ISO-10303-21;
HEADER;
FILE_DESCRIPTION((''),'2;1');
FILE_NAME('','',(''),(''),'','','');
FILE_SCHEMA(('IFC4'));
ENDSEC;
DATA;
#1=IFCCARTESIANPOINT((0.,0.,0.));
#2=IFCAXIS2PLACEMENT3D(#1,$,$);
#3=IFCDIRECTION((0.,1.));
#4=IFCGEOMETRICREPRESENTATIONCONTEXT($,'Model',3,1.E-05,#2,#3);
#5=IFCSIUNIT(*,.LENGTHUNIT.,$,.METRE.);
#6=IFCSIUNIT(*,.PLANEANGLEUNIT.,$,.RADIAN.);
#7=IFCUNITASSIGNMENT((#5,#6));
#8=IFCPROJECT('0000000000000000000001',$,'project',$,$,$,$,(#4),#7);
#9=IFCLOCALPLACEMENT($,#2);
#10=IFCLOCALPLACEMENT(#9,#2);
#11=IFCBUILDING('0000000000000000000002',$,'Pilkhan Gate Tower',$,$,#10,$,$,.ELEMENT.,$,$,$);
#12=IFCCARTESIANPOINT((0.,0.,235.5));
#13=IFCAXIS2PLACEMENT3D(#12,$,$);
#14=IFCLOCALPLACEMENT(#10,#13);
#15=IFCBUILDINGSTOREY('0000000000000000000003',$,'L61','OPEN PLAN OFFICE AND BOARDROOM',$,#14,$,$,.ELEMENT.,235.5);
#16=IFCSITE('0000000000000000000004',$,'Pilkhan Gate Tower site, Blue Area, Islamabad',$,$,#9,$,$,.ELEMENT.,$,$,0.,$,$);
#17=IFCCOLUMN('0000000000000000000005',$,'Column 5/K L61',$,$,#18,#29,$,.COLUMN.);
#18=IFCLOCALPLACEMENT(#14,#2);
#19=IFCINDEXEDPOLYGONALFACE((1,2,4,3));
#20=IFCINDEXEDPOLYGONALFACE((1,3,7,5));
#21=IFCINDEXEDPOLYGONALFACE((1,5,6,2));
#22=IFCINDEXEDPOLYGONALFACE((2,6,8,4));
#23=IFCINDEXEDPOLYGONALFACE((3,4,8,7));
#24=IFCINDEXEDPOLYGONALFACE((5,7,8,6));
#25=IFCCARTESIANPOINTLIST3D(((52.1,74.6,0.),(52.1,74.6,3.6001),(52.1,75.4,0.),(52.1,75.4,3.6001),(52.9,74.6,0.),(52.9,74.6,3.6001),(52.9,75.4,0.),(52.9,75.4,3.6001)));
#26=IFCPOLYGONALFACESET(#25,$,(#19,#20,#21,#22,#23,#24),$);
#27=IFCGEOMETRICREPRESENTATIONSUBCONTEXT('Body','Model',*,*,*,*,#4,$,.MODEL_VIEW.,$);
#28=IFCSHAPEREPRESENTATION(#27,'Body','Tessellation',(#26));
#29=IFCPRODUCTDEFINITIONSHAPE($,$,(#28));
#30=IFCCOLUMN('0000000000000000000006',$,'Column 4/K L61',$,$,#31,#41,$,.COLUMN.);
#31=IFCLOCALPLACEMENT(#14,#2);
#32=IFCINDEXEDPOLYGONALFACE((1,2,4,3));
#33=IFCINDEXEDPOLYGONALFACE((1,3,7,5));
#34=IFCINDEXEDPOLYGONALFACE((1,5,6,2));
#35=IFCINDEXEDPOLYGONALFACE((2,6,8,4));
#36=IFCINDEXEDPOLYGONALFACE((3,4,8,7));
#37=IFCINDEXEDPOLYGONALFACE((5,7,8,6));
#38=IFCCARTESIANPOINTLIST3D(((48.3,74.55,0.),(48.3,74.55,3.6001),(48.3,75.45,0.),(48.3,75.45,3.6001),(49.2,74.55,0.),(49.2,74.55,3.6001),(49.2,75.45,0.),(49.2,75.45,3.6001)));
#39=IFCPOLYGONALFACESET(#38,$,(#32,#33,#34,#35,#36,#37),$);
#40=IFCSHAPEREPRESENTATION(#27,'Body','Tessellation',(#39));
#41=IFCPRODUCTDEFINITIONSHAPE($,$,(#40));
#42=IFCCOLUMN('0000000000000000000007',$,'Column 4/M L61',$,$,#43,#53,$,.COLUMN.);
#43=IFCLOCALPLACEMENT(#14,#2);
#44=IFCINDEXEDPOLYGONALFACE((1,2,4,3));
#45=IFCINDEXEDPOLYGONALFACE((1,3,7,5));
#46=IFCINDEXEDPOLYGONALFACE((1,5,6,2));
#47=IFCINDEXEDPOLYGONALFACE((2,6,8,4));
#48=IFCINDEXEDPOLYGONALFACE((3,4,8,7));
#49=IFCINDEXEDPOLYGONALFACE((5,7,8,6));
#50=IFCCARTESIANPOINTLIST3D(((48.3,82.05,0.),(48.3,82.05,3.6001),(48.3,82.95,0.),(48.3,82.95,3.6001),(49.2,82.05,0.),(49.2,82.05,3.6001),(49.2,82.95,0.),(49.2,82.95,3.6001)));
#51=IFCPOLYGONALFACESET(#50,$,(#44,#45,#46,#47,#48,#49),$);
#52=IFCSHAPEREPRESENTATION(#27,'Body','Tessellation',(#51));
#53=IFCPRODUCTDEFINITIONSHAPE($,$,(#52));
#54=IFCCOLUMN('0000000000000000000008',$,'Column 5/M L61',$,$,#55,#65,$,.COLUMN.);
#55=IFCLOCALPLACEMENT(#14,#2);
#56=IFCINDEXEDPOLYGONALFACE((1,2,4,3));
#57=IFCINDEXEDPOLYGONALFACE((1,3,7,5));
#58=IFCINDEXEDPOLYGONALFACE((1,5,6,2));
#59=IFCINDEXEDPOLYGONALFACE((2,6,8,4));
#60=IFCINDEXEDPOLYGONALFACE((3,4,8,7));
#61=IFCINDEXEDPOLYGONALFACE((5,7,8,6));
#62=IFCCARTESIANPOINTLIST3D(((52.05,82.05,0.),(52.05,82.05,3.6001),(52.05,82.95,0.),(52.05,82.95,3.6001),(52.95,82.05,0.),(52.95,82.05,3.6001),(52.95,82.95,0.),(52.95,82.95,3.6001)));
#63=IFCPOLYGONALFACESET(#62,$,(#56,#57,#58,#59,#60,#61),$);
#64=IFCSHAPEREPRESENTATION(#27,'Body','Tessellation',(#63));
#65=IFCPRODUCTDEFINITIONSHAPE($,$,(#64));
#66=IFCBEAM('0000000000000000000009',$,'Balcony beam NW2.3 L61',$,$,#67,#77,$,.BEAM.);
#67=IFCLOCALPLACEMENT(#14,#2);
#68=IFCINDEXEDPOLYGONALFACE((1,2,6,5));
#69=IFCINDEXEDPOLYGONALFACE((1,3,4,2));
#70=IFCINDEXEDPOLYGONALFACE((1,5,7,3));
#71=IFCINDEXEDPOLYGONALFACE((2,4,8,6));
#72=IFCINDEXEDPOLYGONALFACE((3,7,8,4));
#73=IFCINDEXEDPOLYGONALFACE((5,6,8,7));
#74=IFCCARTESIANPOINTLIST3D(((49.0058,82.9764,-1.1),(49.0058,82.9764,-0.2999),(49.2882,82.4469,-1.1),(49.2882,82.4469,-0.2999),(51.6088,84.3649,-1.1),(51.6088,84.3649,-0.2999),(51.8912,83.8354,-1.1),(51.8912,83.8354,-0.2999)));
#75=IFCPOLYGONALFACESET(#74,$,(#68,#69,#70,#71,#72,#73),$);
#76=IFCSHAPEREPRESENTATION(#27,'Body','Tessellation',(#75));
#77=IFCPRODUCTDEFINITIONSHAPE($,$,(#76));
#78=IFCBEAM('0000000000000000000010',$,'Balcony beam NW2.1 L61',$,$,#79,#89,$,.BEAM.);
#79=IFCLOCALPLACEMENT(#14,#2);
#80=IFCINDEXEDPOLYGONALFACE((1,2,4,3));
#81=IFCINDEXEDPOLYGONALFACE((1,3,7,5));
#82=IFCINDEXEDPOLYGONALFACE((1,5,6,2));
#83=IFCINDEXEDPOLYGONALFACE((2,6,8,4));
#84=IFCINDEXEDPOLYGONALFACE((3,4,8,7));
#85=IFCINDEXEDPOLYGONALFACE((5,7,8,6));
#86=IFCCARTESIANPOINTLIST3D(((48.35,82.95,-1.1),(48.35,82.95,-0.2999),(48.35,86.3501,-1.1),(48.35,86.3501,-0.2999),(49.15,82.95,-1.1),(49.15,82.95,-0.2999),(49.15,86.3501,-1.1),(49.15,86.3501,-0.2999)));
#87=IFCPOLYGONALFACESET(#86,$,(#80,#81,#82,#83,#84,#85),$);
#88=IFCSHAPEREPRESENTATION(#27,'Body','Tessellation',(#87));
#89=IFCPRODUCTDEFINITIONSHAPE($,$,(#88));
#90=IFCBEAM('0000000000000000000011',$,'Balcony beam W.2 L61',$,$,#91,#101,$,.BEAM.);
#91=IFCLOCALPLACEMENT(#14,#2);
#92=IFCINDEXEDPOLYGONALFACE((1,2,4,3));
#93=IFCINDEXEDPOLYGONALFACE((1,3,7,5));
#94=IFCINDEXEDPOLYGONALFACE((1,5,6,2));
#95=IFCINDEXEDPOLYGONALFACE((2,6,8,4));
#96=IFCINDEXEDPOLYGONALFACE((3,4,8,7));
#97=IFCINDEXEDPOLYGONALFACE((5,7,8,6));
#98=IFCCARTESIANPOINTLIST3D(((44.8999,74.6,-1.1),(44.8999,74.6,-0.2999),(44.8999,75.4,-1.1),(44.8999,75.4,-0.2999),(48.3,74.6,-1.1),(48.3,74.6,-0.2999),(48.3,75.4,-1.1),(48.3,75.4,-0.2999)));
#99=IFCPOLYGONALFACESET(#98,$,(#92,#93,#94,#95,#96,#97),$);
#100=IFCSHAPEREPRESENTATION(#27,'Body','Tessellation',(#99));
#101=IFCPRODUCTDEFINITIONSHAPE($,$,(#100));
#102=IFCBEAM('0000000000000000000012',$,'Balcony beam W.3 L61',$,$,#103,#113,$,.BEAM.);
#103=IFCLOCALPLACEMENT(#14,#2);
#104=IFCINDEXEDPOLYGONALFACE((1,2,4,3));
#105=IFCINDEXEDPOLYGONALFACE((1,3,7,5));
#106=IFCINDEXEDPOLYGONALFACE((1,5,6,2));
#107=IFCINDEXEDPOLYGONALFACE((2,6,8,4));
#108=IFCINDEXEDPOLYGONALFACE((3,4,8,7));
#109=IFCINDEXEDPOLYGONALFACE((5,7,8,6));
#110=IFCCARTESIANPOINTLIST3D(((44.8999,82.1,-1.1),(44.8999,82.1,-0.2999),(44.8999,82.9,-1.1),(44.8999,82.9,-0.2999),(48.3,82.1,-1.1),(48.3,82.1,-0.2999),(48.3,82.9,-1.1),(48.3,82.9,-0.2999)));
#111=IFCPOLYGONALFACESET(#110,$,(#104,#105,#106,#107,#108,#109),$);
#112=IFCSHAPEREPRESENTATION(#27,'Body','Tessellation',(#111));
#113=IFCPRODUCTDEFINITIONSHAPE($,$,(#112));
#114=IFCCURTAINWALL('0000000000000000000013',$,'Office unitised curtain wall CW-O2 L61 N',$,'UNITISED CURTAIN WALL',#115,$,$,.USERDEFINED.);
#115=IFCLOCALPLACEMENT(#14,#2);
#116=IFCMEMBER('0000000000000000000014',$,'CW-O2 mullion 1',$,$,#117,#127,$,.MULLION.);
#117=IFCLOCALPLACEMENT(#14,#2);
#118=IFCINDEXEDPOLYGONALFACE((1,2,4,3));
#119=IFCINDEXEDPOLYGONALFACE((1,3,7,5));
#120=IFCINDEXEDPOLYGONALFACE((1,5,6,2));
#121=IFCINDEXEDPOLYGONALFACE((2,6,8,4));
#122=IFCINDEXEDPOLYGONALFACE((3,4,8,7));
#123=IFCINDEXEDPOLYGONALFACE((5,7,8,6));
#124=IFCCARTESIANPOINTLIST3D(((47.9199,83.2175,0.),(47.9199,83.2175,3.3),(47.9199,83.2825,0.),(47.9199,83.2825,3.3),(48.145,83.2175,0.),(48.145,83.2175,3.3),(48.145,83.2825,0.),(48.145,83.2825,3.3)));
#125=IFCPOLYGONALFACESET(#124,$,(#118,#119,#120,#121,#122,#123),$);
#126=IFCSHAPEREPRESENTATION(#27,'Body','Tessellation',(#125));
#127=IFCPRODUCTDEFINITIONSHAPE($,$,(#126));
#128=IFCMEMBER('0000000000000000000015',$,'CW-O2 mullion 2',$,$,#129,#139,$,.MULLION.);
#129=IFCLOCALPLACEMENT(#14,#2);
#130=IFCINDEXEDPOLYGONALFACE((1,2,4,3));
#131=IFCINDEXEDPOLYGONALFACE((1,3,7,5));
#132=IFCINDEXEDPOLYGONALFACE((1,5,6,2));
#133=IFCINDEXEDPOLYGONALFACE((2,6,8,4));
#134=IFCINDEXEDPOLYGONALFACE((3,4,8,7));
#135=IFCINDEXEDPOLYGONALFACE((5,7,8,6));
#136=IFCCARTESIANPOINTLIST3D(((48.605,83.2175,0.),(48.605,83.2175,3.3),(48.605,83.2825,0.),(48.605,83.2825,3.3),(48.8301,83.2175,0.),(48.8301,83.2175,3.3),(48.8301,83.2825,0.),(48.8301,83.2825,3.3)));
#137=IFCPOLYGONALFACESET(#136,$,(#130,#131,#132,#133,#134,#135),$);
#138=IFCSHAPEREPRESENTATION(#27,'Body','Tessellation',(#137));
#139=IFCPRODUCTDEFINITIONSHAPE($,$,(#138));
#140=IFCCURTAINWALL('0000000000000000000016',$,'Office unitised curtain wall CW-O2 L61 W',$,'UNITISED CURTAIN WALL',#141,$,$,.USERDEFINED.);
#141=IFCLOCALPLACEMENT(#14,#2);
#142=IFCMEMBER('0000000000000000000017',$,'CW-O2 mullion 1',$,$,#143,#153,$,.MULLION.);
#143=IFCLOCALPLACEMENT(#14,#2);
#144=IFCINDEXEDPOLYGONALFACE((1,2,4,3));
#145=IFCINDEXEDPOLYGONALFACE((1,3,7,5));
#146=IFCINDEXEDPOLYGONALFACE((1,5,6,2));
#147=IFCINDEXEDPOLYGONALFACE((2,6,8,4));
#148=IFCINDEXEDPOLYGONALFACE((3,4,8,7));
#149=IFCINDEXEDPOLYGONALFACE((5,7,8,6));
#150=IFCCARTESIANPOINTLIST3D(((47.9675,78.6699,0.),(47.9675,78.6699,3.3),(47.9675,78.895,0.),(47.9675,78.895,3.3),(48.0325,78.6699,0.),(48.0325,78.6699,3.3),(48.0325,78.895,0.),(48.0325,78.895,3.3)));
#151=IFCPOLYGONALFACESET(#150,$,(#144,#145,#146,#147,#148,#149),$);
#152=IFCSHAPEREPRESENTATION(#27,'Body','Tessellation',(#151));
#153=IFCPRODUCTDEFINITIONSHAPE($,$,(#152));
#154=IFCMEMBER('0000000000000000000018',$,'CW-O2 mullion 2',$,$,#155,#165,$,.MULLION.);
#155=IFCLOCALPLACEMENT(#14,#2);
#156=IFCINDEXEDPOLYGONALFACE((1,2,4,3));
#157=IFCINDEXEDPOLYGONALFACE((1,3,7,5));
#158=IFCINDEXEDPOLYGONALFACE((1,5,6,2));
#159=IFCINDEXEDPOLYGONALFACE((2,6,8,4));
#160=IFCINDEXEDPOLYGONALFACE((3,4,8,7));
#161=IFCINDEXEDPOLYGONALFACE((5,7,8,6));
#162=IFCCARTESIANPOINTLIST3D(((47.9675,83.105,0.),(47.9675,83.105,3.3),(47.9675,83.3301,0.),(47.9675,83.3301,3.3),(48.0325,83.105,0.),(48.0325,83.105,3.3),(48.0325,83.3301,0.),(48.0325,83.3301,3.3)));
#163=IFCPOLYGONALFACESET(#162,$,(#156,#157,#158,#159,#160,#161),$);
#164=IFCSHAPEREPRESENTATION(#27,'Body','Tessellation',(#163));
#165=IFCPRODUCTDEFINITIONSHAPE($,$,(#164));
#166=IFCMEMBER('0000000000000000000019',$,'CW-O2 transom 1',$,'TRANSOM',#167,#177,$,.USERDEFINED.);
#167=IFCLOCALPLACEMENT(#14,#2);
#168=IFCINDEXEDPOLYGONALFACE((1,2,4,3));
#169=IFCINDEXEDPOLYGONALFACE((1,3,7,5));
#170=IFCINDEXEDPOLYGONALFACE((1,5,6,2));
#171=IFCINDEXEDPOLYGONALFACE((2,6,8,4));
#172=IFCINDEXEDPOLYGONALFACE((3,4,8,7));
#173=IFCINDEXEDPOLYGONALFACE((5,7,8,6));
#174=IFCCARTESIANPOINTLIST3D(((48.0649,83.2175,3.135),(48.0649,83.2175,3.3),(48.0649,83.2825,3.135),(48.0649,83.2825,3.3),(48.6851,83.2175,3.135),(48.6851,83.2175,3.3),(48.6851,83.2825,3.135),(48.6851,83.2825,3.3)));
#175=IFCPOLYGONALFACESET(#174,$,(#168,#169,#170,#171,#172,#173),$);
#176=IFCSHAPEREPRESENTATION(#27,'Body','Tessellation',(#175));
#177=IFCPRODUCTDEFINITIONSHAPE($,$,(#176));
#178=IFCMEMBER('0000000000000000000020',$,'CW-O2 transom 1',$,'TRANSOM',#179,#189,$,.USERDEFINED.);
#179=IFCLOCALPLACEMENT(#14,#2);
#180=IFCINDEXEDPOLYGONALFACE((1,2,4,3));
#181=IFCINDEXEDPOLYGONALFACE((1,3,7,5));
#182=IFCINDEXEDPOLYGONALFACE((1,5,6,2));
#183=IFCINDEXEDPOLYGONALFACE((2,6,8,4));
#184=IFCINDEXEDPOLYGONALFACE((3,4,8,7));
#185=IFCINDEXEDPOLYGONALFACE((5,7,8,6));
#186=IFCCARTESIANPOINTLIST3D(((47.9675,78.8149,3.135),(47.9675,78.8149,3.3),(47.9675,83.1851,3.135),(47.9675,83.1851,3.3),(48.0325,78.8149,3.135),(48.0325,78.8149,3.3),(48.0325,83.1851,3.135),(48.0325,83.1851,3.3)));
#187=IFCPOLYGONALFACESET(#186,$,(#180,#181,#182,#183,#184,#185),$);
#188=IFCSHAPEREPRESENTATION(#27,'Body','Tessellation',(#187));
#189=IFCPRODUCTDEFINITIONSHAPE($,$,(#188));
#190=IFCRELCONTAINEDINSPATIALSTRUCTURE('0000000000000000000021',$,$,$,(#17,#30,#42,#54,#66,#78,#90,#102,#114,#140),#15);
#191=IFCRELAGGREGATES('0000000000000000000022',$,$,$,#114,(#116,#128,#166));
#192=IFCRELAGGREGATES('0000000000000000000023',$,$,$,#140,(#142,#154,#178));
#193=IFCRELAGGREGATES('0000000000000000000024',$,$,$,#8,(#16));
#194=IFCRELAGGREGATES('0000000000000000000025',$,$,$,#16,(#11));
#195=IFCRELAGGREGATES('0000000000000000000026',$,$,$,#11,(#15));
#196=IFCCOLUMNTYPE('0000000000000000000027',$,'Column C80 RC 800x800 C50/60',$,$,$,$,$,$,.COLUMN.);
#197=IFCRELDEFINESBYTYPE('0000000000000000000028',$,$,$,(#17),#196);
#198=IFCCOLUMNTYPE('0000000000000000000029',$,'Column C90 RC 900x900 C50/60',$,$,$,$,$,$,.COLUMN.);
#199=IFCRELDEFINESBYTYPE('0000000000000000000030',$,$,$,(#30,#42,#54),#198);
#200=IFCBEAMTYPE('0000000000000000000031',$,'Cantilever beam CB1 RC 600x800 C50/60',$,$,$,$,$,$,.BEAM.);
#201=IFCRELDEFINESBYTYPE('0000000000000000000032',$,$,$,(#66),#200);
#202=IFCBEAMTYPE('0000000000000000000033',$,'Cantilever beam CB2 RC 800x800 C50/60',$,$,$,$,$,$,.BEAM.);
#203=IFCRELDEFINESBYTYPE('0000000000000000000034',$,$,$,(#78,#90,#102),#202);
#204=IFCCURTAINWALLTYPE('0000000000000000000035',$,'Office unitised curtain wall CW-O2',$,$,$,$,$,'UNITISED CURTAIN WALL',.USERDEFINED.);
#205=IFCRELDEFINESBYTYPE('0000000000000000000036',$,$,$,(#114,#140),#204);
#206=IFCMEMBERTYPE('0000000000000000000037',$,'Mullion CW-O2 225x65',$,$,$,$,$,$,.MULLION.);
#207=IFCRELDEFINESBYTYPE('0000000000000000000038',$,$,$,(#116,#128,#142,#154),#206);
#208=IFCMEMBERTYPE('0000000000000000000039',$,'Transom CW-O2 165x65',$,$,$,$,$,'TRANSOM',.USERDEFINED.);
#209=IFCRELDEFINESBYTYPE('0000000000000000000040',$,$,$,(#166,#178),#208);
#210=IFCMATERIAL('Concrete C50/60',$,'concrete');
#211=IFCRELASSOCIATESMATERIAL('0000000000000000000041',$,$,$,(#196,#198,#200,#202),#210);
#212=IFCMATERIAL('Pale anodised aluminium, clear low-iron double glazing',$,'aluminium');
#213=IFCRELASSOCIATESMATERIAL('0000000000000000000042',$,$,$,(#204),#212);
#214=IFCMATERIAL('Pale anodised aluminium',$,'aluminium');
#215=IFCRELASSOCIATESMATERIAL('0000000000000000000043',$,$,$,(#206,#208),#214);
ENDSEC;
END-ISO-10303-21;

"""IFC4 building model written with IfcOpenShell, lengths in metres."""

from ifc_helpers import new_model, si_unit, direction, frame, origin, origin_2d, place, context, subcontext, project, spatial, rectangle, extrude, material, material_profile, profile_set, type_object, element, aggregate, save


model = new_model("IFC4")

# Units and contexts
model_context = context("Model", 3, precision=1e-05, world=origin(), true_north=direction((0.0, 1.0)))
body_context = subcontext(model_context, "Body", "Model", "MODEL_VIEW")
ifc_project = project(units=[si_unit("LENGTHUNIT", "METRE"), si_unit("PLANEANGLEUNIT", "RADIAN")], contexts=[model_context])

# Site, building, storey
site_placement = place(None, origin())
site = spatial("IfcSite", under=ifc_project, at=site_placement, Name="Pilkhan Gate Tower site, Blue Area, Islamabad", CompositionType="ELEMENT", RefElevation=0.0)
building_placement = place(site_placement, origin())
building = spatial("IfcBuilding", under=site, at=building_placement, Name="Pilkhan Gate Tower", CompositionType="ELEMENT")
storey_placement = place(building_placement, frame((0.0, 0.0, 235.5)))
storey = spatial("IfcBuildingStorey", under=building, at=storey_placement, Name="L61", Description="OPEN PLAN OFFICE AND BOARDROOM", CompositionType="ELEMENT", Elevation=235.5)

# Columns
ifc_material_1 = material(Name="Concrete C50/60", Category="concrete")
ifc_material_profile_1 = material_profile(ifc_material_1, rectangle(XDim=0.8, YDim=0.8, at=origin_2d()), Name="RC 800x800")
ifc_profile_set_1 = profile_set([ifc_material_profile_1], Name="Concrete C50/60")
column_type_1 = type_object("IfcColumnType", Name="Column C80 RC 800x800 C50/60", PredefinedType="COLUMN", material=ifc_profile_set_1)
column_placement = place(storey_placement, frame((52.5, 75.0, 0.0), z_axis=(0.0, 0.0, 1.0), x_axis=(1.0, 0.0, 0.0)))
element("IfcColumn", 1, at=column_placement, inside=storey, type_object=column_type_1, Name="Column 5/K L61", PredefinedType="COLUMN", context=body_context, shape_type="SweptSolid", body=[
    extrude(rectangle(XDim=0.8, YDim=0.8, at=origin_2d()), origin(), (0.0, 0.0, 1.0), 3.6001),
])
ifc_material_profile_2 = material_profile(ifc_material_1, rectangle(XDim=0.8999, YDim=0.8999, at=origin_2d()), Name="RC 900x900")
ifc_profile_set_2 = profile_set([ifc_material_profile_2], Name="Concrete C50/60")
column_type_2 = type_object("IfcColumnType", Name="Column C90 RC 900x900 C50/60", PredefinedType="COLUMN", material=ifc_profile_set_2)
for number, where, z_axis, x_axis, name in (
    (2, (48.75, 75.0, 0.0), (0.0, 0.0, 1.0), (1.0, 0.0, 0.0), "Column 4/K L61"),
    (3, (48.75, 82.5, 0.0), (0.0, 0.0, 1.0), (1.0, 0.0, 0.0), "Column 4/M L61"),
    (4, (52.5, 82.5, 0.0), (0.0, 0.0, 1.0), (1.0, 0.0, 0.0), "Column 5/M L61"),
):
    element("IfcColumn", number, at=place(storey_placement, frame(where, z_axis=z_axis, x_axis=x_axis)), inside=storey, type_object=column_type_2, Name=name, PredefinedType="COLUMN", context=body_context, shape_type="SweptSolid", body=[
        extrude(rectangle(XDim=0.8999, YDim=0.8999, at=origin_2d()), origin(), (0.0, 0.0, 1.0), 3.6001),
    ])

# Beams
ifc_material_profile_3 = material_profile(ifc_material_1, rectangle(XDim=0.6001, YDim=0.8, at=origin_2d()), Name="RC 600x800")
ifc_profile_set_3 = profile_set([ifc_material_profile_3], Name="Concrete C50/60")
beam_type_1 = type_object("IfcBeamType", Name="Cantilever beam CB1 RC 600x800 C50/60", PredefinedType="BEAM", material=ifc_profile_set_3)
beam_placement = place(storey_placement, frame((49.147, 82.7117, -0.7), z_axis=(0.882332, 0.470627, 0.0), x_axis=(-0.470627, 0.882332, 0.0)))
element("IfcBeam", 5, at=beam_placement, inside=storey, type_object=beam_type_1, Name="Balcony beam NW2.3 L61", PredefinedType="BEAM", context=body_context, shape_type="SweptSolid", body=[
    extrude(rectangle(XDim=0.6001, YDim=0.8, at=origin_2d()), origin(), (0.0, 0.0, 1.0), 2.9502),
])
ifc_material_profile_4 = material_profile(ifc_material_1, rectangle(XDim=0.8, YDim=0.8, at=origin_2d()), Name="RC 800x800")
ifc_profile_set_4 = profile_set([ifc_material_profile_4], Name="Concrete C50/60")
beam_type_2 = type_object("IfcBeamType", Name="Cantilever beam CB2 RC 800x800 C50/60", PredefinedType="BEAM", material=ifc_profile_set_4)
for number, where, z_axis, x_axis, name in (
    (6, (48.75, 82.95, -0.7), (0.0, 1.0, 0.0), (-1.0, 0.0, 0.0), "Balcony beam NW2.1 L61"),
    (7, (48.3, 75.0, -0.7), (-1.0, 0.0, 0.0), (0.0, -1.0, 0.0), "Balcony beam W.2 L61"),
    (8, (48.3, 82.5, -0.7), (-1.0, 0.0, 0.0), (0.0, -1.0, 0.0), "Balcony beam W.3 L61"),
):
    element("IfcBeam", number, at=place(storey_placement, frame(where, z_axis=z_axis, x_axis=x_axis)), inside=storey, type_object=beam_type_2, Name=name, PredefinedType="BEAM", context=body_context, shape_type="SweptSolid", body=[
        extrude(rectangle(XDim=0.8, YDim=0.8, at=origin_2d()), origin(), (0.0, 0.0, 1.0), 3.4001),
    ])

# Curtain walls, members
ifc_material_2 = material(Name="Pale anodised aluminium, clear low-iron double glazing", Category="aluminium")
curtain_wall_type = type_object("IfcCurtainWallType", Name="Office unitised curtain wall CW-O2", ElementType="UNITISED CURTAIN WALL", PredefinedType="USERDEFINED", material=ifc_material_2)
curtain_wall_1_placement = place(storey_placement, origin())
curtain_wall_1 = element("IfcCurtainWall", 9, at=curtain_wall_1_placement, inside=storey, type_object=curtain_wall_type, Name="Office unitised curtain wall CW-O2 L61 N", ObjectType="UNITISED CURTAIN WALL", PredefinedType="USERDEFINED")
ifc_material_3 = material(Name="Pale anodised aluminium", Category="aluminium")
ifc_material_profile_5 = material_profile(ifc_material_3, rectangle(XDim=0.0649, YDim=0.2251, at=origin_2d()), Name="Mullion 225x65")
ifc_profile_set_5 = profile_set([ifc_material_profile_5], Name="Pale anodised aluminium")
member_type_1 = type_object("IfcMemberType", Name="Mullion CW-O2 225x65", PredefinedType="MULLION", material=ifc_profile_set_5)
member_1_placement = place(storey_placement, frame((48.0325, 83.25, 0.0), z_axis=(0.0, 0.0, 1.0), x_axis=(0.0, 1.0, 0.0)))
member_1 = element("IfcMember", 10, at=member_1_placement, type_object=member_type_1, Name="CW-O2 mullion 1", PredefinedType="MULLION", context=body_context, shape_type="SweptSolid", body=[
    extrude(rectangle(XDim=0.0649, YDim=0.2251, at=origin_2d()), origin(), (0.0, 0.0, 1.0), 3.3),
])
member_2_placement = place(storey_placement, frame((48.7175, 83.25, 0.0), z_axis=(0.0, 0.0, 1.0), x_axis=(0.0, 1.0, 0.0)))
member_2 = element("IfcMember", 11, at=member_2_placement, type_object=member_type_1, Name="CW-O2 mullion 2", PredefinedType="MULLION", context=body_context, shape_type="SweptSolid", body=[
    extrude(rectangle(XDim=0.0649, YDim=0.2251, at=origin_2d()), origin(), (0.0, 0.0, 1.0), 3.3),
])
curtain_wall_2_placement = place(storey_placement, origin())
curtain_wall_2 = element("IfcCurtainWall", 12, at=curtain_wall_2_placement, inside=storey, type_object=curtain_wall_type, Name="Office unitised curtain wall CW-O2 L61 W", ObjectType="UNITISED CURTAIN WALL", PredefinedType="USERDEFINED")
member_3_placement = place(storey_placement, frame((48.0, 78.7825, 0.0), z_axis=(0.0, 0.0, 1.0), x_axis=(-1.0, 0.0, 0.0)))
member_3 = element("IfcMember", 13, at=member_3_placement, type_object=member_type_1, Name="CW-O2 mullion 1", PredefinedType="MULLION", context=body_context, shape_type="SweptSolid", body=[
    extrude(rectangle(XDim=0.0649, YDim=0.2251, at=origin_2d()), origin(), (0.0, 0.0, 1.0), 3.3),
])
member_4_placement = place(storey_placement, frame((48.0, 83.2175, 0.0), z_axis=(0.0, 0.0, 1.0), x_axis=(-1.0, 0.0, 0.0)))
member_4 = element("IfcMember", 14, at=member_4_placement, type_object=member_type_1, Name="CW-O2 mullion 2", PredefinedType="MULLION", context=body_context, shape_type="SweptSolid", body=[
    extrude(rectangle(XDim=0.0649, YDim=0.2251, at=origin_2d()), origin(), (0.0, 0.0, 1.0), 3.3),
])

# Members
ifc_material_profile_6 = material_profile(ifc_material_3, rectangle(XDim=0.0649, YDim=0.165, at=origin_2d()), Name="Transom 165x65")
ifc_profile_set_6 = profile_set([ifc_material_profile_6], Name="Pale anodised aluminium")
member_type_2 = type_object("IfcMemberType", Name="Transom CW-O2 165x65", ElementType="TRANSOM", PredefinedType="USERDEFINED", material=ifc_profile_set_6)
member_5_placement = place(storey_placement, frame((48.0649, 83.25, 3.2175), z_axis=(1.0, 0.0, 0.0), x_axis=(0.0, 1.0, 0.0)))
member_5 = element("IfcMember", 15, at=member_5_placement, type_object=member_type_2, Name="CW-O2 transom 1", ObjectType="TRANSOM", PredefinedType="USERDEFINED", context=body_context, shape_type="SweptSolid", body=[
    extrude(rectangle(XDim=0.0649, YDim=0.165, at=origin_2d()), origin(), (0.0, 0.0, 1.0), 0.6201),
])
member_6_placement = place(storey_placement, frame((48.0, 78.8149, 3.2175), z_axis=(0.0, 1.0, 0.0), x_axis=(-1.0, 0.0, 0.0)))
member_6 = element("IfcMember", 16, at=member_6_placement, type_object=member_type_2, Name="CW-O2 transom 1", ObjectType="TRANSOM", PredefinedType="USERDEFINED", context=body_context, shape_type="SweptSolid", body=[
    extrude(rectangle(XDim=0.0649, YDim=0.165, at=origin_2d()), origin(), (0.0, 0.0, 1.0), 4.3701),
])

aggregate(curtain_wall_1, [member_1, member_2, member_5])
aggregate(curtain_wall_2, [member_3, member_4, member_6])

save(model, "model.ifc")
